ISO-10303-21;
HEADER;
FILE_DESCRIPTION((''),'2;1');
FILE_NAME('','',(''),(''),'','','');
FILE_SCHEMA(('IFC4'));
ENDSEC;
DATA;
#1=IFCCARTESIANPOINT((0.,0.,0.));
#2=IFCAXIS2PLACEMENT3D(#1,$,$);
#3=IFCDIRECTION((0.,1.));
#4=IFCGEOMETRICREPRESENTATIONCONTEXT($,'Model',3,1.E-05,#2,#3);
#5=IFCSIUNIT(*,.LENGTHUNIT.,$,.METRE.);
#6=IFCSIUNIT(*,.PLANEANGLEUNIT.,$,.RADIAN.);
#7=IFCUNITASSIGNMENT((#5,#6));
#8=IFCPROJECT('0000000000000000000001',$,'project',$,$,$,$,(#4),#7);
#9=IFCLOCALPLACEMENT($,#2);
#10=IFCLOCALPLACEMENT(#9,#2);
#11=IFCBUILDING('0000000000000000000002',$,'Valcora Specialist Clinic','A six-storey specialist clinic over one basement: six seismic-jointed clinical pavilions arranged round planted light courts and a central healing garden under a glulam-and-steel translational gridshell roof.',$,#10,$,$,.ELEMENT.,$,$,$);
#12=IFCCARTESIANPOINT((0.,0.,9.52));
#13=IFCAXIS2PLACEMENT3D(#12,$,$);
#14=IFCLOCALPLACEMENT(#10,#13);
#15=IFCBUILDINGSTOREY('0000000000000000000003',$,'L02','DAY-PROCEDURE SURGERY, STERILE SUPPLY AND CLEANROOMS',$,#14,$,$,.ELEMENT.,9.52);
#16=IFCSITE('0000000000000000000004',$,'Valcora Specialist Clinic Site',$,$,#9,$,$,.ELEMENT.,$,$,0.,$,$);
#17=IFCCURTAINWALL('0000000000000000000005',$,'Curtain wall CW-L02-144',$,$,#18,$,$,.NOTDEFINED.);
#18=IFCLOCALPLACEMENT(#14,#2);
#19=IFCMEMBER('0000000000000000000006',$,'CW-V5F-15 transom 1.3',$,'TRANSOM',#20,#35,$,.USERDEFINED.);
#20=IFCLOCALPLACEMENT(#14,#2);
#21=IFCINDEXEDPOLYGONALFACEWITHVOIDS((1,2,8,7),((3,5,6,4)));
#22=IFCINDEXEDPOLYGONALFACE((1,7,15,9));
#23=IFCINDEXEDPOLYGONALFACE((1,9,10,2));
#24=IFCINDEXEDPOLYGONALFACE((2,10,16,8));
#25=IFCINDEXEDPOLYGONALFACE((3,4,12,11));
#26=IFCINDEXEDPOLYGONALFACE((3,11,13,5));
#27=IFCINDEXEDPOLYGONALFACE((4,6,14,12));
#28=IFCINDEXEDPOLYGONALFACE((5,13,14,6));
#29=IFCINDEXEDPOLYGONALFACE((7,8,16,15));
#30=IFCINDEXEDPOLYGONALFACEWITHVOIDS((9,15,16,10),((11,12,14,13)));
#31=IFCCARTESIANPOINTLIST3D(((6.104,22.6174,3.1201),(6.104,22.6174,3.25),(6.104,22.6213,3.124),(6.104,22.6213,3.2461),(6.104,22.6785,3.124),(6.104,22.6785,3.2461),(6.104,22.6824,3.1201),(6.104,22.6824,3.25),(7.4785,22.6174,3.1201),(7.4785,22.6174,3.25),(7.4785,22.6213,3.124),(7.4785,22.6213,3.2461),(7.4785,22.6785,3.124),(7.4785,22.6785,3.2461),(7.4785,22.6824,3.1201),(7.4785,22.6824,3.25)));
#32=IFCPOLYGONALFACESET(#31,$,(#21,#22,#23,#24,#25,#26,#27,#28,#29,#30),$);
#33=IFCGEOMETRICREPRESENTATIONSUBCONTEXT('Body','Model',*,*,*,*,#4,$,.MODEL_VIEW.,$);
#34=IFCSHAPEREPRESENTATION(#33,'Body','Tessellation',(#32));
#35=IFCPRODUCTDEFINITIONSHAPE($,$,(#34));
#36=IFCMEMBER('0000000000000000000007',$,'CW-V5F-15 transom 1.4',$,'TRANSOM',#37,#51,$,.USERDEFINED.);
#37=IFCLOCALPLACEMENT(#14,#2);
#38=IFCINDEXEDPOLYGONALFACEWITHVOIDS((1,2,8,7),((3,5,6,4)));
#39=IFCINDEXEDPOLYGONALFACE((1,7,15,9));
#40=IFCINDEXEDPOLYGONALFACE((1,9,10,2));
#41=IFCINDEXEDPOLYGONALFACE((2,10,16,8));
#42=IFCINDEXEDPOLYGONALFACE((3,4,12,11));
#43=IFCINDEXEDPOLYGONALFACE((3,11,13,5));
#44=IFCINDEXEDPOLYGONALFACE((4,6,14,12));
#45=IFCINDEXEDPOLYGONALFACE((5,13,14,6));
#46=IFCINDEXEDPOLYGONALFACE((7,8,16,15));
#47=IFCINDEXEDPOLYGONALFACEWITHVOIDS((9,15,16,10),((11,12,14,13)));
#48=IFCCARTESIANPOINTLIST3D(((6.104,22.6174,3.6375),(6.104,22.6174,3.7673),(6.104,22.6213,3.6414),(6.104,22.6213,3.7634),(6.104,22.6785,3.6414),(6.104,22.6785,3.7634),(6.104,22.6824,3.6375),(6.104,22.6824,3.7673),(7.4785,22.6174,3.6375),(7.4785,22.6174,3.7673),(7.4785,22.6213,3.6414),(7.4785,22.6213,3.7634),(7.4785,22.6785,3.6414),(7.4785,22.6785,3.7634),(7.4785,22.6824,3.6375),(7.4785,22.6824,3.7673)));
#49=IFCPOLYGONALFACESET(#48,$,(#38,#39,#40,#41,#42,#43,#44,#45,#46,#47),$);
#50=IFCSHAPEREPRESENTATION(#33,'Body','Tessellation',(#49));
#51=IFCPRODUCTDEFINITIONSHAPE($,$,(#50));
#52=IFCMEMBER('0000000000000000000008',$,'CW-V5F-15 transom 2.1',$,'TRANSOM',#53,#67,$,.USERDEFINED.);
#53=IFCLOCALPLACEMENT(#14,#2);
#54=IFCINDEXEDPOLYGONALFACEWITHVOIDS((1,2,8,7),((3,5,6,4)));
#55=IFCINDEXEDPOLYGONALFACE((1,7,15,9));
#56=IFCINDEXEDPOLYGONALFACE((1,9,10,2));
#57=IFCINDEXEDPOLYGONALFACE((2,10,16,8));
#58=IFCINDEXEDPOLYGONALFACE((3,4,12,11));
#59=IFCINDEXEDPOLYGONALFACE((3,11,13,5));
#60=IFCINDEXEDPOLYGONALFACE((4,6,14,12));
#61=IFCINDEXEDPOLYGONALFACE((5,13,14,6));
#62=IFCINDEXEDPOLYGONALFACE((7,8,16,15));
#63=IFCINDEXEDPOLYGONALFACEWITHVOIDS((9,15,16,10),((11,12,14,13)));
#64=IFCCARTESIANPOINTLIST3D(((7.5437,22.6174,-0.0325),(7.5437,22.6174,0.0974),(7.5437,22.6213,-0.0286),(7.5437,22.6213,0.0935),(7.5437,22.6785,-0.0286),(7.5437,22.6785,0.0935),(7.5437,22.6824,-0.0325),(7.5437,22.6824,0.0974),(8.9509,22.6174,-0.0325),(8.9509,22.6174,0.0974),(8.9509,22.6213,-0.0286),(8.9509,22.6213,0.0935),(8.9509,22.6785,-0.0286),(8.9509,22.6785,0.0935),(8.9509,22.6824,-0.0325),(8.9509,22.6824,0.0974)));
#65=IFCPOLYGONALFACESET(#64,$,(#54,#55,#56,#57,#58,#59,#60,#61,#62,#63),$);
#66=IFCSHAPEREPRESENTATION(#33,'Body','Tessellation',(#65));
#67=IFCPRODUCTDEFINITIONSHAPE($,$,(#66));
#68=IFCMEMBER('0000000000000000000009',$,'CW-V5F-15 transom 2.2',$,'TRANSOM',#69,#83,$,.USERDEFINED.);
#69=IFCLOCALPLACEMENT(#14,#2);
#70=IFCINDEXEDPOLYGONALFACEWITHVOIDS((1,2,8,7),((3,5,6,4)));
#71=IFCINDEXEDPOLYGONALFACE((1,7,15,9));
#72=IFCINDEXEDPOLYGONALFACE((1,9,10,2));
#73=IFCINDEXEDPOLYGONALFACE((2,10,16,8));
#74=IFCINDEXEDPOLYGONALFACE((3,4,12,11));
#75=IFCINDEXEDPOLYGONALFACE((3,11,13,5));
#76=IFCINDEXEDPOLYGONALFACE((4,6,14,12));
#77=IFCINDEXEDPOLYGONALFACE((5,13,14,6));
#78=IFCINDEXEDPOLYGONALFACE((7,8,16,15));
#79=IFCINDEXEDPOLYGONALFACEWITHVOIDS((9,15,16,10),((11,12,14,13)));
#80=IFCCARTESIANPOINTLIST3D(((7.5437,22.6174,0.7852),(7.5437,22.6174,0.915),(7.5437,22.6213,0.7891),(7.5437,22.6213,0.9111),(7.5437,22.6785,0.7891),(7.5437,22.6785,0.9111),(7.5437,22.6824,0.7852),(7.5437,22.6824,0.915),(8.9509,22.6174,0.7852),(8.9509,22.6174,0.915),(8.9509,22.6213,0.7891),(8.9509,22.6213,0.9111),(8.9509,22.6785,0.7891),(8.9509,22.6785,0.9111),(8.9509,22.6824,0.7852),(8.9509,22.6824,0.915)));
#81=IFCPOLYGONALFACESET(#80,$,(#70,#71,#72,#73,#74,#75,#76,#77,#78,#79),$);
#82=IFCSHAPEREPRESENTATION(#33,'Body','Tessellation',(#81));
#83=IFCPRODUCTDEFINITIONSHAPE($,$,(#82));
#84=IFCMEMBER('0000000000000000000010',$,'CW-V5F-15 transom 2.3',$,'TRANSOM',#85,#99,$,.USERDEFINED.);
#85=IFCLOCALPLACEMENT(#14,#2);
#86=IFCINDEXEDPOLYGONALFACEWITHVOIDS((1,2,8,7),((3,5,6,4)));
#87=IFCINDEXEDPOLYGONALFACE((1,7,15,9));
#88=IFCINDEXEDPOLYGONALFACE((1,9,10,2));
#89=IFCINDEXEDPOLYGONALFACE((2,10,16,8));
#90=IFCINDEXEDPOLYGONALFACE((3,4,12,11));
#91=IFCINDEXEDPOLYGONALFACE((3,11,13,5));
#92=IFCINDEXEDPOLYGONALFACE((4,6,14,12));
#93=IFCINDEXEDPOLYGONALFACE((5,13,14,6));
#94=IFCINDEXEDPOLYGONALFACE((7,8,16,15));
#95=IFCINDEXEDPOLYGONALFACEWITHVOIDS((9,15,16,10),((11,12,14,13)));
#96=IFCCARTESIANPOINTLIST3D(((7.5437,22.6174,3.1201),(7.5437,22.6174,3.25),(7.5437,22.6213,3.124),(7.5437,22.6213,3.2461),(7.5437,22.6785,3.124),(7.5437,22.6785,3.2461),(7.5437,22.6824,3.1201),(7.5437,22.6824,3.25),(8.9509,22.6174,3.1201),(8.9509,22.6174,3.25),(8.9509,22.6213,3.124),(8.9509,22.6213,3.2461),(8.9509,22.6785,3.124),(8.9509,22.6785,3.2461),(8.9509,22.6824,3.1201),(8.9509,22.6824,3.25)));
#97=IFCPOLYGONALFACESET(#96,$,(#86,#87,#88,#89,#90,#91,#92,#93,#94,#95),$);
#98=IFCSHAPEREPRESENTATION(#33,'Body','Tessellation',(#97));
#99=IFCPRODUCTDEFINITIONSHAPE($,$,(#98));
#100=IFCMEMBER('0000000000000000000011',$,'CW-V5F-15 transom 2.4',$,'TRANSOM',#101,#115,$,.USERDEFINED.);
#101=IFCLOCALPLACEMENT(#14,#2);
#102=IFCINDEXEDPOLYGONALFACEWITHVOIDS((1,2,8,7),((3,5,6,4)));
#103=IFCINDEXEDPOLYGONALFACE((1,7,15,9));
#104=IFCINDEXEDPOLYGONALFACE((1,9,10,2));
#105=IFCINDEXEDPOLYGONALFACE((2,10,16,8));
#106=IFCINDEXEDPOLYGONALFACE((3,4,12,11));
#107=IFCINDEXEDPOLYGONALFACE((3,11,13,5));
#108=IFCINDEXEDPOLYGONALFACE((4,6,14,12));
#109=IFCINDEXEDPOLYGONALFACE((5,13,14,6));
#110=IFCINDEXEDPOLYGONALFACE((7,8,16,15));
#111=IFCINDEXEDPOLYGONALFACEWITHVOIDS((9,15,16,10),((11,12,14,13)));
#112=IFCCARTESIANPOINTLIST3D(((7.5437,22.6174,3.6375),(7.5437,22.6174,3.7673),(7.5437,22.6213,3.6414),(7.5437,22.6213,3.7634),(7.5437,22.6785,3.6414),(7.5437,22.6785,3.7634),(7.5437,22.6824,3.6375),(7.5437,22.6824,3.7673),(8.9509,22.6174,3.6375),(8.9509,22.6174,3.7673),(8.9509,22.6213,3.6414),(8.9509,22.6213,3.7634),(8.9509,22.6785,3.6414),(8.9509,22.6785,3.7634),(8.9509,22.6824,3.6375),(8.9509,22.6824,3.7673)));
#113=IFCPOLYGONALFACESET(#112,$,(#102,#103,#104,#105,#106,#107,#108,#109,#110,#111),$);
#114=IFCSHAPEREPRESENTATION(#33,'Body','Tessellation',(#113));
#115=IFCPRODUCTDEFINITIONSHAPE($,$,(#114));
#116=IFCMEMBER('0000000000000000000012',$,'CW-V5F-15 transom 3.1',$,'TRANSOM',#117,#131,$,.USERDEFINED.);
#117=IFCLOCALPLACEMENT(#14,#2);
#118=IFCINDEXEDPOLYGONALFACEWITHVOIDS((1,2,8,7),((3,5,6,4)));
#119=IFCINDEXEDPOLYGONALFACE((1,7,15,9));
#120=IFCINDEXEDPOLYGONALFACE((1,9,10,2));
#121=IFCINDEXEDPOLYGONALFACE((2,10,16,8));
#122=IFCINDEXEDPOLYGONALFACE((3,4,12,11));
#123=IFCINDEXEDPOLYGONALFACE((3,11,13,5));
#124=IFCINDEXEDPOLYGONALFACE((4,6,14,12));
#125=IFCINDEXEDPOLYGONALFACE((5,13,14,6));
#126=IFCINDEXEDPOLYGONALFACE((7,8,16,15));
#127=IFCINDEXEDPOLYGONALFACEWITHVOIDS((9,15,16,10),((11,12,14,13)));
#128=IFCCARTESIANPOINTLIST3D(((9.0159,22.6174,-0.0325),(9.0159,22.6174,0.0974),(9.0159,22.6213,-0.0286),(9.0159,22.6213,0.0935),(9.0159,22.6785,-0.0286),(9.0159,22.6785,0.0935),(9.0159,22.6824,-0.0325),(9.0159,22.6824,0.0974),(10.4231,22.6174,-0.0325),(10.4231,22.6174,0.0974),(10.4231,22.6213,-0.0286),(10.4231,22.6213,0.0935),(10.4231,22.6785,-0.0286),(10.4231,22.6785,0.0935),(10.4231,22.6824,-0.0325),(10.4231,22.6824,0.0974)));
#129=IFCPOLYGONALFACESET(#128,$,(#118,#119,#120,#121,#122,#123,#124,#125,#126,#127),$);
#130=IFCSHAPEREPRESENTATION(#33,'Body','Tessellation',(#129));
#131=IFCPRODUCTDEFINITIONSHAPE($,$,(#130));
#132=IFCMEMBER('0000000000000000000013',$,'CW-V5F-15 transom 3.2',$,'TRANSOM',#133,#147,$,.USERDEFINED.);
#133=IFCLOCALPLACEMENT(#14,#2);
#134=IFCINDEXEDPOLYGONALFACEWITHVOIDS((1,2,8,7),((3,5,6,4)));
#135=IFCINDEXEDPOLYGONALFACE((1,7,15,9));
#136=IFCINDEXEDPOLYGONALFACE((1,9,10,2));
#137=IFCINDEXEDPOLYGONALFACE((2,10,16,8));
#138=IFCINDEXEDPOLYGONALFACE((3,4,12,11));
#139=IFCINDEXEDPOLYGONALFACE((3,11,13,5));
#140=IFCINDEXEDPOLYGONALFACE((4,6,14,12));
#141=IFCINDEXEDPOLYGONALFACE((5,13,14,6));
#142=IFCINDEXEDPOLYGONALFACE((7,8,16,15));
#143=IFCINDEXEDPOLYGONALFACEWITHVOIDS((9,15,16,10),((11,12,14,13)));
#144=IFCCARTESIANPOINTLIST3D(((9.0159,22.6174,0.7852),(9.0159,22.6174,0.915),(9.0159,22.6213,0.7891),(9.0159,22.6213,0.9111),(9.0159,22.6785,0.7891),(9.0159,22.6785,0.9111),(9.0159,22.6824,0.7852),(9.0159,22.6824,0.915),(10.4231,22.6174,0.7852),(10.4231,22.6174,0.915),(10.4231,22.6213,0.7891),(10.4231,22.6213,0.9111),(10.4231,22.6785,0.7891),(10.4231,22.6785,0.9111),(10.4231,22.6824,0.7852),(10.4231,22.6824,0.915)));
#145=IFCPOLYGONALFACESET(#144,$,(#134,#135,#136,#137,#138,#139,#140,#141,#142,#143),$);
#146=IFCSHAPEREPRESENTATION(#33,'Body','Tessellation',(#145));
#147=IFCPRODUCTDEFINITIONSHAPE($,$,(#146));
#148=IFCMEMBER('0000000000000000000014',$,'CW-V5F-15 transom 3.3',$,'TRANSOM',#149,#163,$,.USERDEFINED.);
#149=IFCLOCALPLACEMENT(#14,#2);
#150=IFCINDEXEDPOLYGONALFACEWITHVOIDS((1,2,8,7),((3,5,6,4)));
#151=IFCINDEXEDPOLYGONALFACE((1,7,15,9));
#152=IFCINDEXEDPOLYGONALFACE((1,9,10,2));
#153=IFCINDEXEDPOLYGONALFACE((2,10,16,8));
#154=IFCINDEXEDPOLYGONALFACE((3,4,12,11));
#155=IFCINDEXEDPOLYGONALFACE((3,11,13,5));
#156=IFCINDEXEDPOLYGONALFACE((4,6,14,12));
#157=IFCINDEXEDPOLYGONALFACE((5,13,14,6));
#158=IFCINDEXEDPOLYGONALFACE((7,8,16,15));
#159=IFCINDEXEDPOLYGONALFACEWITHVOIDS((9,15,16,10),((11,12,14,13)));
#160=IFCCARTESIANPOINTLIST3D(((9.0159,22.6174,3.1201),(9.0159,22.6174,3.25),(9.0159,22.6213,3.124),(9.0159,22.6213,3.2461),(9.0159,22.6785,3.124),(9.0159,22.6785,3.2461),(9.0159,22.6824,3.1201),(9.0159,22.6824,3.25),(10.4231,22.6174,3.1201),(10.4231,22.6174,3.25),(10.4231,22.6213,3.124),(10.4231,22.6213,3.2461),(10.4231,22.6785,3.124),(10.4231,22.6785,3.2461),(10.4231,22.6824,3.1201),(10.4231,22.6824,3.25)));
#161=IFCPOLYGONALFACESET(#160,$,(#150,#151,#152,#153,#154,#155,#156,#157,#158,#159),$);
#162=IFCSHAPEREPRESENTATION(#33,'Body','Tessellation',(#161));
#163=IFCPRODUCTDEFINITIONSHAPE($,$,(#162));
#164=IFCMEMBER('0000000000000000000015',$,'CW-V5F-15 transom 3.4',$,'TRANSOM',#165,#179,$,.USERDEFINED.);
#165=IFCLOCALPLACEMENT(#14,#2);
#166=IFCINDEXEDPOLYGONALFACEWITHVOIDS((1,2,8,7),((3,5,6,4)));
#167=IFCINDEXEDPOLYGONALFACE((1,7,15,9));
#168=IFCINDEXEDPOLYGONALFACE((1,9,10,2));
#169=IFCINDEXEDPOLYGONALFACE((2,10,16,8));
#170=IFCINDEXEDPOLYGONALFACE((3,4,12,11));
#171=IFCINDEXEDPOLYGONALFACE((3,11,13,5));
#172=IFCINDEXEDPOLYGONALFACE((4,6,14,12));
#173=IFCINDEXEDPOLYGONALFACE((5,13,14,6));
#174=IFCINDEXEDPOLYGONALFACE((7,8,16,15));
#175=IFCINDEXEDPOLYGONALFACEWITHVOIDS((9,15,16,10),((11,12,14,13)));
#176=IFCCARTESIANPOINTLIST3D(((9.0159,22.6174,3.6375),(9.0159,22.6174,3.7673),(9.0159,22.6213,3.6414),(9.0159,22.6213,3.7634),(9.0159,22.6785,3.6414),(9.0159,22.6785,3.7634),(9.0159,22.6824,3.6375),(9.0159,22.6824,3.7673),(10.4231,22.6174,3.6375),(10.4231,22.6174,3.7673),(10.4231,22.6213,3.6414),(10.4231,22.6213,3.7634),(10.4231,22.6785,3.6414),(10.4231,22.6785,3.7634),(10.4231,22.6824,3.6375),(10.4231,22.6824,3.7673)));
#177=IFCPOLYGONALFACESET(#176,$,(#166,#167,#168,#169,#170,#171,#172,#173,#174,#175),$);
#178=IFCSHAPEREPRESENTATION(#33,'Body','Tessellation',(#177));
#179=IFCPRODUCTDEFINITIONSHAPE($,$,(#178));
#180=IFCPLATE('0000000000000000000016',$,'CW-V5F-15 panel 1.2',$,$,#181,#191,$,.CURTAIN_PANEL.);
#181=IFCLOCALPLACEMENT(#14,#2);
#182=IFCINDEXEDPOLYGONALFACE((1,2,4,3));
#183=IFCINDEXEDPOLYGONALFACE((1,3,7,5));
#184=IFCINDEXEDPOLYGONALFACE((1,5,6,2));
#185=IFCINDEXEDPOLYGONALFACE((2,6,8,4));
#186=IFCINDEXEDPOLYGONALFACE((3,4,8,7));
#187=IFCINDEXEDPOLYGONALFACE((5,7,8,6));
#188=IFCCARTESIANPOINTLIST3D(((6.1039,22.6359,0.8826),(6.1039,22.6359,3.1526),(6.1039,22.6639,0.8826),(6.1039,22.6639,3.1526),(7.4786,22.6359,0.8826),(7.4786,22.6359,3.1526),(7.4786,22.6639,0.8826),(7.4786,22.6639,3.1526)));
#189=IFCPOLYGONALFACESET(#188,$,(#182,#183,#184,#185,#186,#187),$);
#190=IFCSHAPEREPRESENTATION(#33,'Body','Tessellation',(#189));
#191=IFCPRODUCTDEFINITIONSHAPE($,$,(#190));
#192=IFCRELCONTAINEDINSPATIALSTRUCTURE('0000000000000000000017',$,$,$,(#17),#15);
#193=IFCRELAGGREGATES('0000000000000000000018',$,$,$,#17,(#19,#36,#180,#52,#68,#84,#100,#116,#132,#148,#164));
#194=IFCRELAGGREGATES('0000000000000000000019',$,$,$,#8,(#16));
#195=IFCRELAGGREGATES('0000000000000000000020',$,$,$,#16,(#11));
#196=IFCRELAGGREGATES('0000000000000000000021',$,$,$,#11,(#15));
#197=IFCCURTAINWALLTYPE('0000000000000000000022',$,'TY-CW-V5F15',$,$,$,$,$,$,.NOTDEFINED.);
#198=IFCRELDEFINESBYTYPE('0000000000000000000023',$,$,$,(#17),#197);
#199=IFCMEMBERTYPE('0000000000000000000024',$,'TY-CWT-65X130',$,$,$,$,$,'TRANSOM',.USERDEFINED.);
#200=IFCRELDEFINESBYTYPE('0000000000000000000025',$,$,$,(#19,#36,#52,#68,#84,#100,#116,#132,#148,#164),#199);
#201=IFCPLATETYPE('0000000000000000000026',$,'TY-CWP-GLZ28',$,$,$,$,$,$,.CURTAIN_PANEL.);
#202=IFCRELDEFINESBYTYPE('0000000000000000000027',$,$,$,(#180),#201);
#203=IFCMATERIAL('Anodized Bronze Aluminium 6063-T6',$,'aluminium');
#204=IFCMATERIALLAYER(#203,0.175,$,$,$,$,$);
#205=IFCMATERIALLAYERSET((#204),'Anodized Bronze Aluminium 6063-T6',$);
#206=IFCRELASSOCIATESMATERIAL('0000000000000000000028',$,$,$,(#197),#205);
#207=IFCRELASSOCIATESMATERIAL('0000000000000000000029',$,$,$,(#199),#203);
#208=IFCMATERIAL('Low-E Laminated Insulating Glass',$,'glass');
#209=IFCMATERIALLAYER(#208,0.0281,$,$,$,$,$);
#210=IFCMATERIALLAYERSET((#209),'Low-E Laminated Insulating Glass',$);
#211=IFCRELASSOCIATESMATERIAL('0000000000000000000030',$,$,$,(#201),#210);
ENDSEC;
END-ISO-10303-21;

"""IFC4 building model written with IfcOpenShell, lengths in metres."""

from ifc_helpers import new_model, si_unit, direction, frame, origin, origin_2d, place, context, subcontext, project, spatial, rectangle, hollow_rectangle, extrude, material, layer, layer_set, material_profile, profile_set, type_object, element, aggregate, save


model = new_model("IFC4")

# Units and contexts
model_context = context("Model", 3, precision=1e-05, world=origin(), true_north=direction((0.0, 1.0)))
body_context = subcontext(model_context, "Body", "Model", "MODEL_VIEW")
ifc_project = project(units=[si_unit("LENGTHUNIT", "METRE"), si_unit("PLANEANGLEUNIT", "RADIAN")], contexts=[model_context])

# Site, building, storey
site_placement = place(None, origin())
site = spatial("IfcSite", under=ifc_project, at=site_placement, Name="Valcora Specialist Clinic Site", CompositionType="ELEMENT", RefElevation=0.0)
building_placement = place(site_placement, origin())
building = spatial("IfcBuilding", under=site, at=building_placement, Name="Valcora Specialist Clinic", Description="A six-storey specialist clinic over one basement: six seismic-jointed clinical pavilions arranged round planted light courts and a central healing garden under a glulam-and-steel translational gridshell roof.", CompositionType="ELEMENT")
storey_placement = place(building_placement, frame((0.0, 0.0, 9.52)))
storey = spatial("IfcBuildingStorey", under=building, at=storey_placement, Name="L02", Description="DAY-PROCEDURE SURGERY, STERILE SUPPLY AND CLEANROOMS", CompositionType="ELEMENT", Elevation=9.52)

# Shared definitions
ifc_material_1 = material(Name="Anodized Bronze Aluminium 6063-T6", Category="aluminium")
ifc_layer_1 = layer(ifc_material_1, 0.175)
ifc_layer_set_1 = layer_set([ifc_layer_1], Name="Anodized Bronze Aluminium 6063-T6")
curtain_wall_type = type_object("IfcCurtainWallType", Name="TY-CW-V5F15", PredefinedType="NOTDEFINED", material=ifc_layer_set_1)

# Curtain wall
curtain_wall_1_placement = place(storey_placement, origin())
curtain_wall_1 = element("IfcCurtainWall", 1, at=curtain_wall_1_placement, inside=storey, type_object=curtain_wall_type, Name="Curtain wall CW-L02-144", PredefinedType="NOTDEFINED")

# Members
ifc_material_profile_1 = material_profile(ifc_material_1, hollow_rectangle(XDim=0.0649, YDim=0.1299, WallThickness=0.0039, at=origin_2d()), Name="AL-TRN-65X130")
ifc_profile_set_1 = profile_set([ifc_material_profile_1], Name="Anodized Bronze Aluminium 6063-T6")
member_type_1 = type_object("IfcMemberType", Name="TY-CWT-65X130", ElementType="TRANSOM", PredefinedType="USERDEFINED", material=ifc_profile_set_1)
member_1_placement = place(storey_placement, frame((6.104, 22.6499, 3.1851), z_axis=(1.0, 0.0, 0.0), x_axis=(0.0, 1.0, 0.0)))
member_1 = element("IfcMember", 2, at=member_1_placement, type_object=member_type_1, Name="CW-V5F-15 transom 1.3", ObjectType="TRANSOM", PredefinedType="USERDEFINED", context=body_context, shape_type="SweptSolid", body=[
    extrude(hollow_rectangle(XDim=0.0649, YDim=0.1299, WallThickness=0.0039, at=origin_2d()), origin(), (0.0, 0.0, 1.0), 1.3745),
])
member_2_placement = place(storey_placement, frame((6.104, 22.6499, 3.7024), z_axis=(1.0, 0.0, 0.0), x_axis=(0.0, 1.0, 0.0)))
member_2 = element("IfcMember", 3, at=member_2_placement, type_object=member_type_1, Name="CW-V5F-15 transom 1.4", ObjectType="TRANSOM", PredefinedType="USERDEFINED", context=body_context, shape_type="SweptSolid", body=[
    extrude(hollow_rectangle(XDim=0.0649, YDim=0.1299, WallThickness=0.0039, at=origin_2d()), origin(), (0.0, 0.0, 1.0), 1.3745),
])
member_3_placement = place(storey_placement, frame((7.5437, 22.6499, 0.0325), z_axis=(1.0, 0.0, 0.0), x_axis=(0.0, 1.0, 0.0)))
member_3 = element("IfcMember", 4, at=member_3_placement, type_object=member_type_1, Name="CW-V5F-15 transom 2.1", ObjectType="TRANSOM", PredefinedType="USERDEFINED", context=body_context, shape_type="SweptSolid", body=[
    extrude(hollow_rectangle(XDim=0.0649, YDim=0.1299, WallThickness=0.0039, at=origin_2d()), origin(), (0.0, 0.0, 1.0), 1.4072),
])
member_4_placement = place(storey_placement, frame((7.5437, 22.6499, 0.8501), z_axis=(1.0, 0.0, 0.0), x_axis=(0.0, 1.0, 0.0)))
member_4 = element("IfcMember", 5, at=member_4_placement, type_object=member_type_1, Name="CW-V5F-15 transom 2.2", ObjectType="TRANSOM", PredefinedType="USERDEFINED", context=body_context, shape_type="SweptSolid", body=[
    extrude(hollow_rectangle(XDim=0.0649, YDim=0.1299, WallThickness=0.0039, at=origin_2d()), origin(), (0.0, 0.0, 1.0), 1.4072),
])
member_5_placement = place(storey_placement, frame((7.5437, 22.6499, 3.1851), z_axis=(1.0, 0.0, 0.0), x_axis=(0.0, 1.0, 0.0)))
member_5 = element("IfcMember", 6, at=member_5_placement, type_object=member_type_1, Name="CW-V5F-15 transom 2.3", ObjectType="TRANSOM", PredefinedType="USERDEFINED", context=body_context, shape_type="SweptSolid", body=[
    extrude(hollow_rectangle(XDim=0.0649, YDim=0.1299, WallThickness=0.0039, at=origin_2d()), origin(), (0.0, 0.0, 1.0), 1.4072),
])
member_6_placement = place(storey_placement, frame((7.5437, 22.6499, 3.7024), z_axis=(1.0, 0.0, 0.0), x_axis=(0.0, 1.0, 0.0)))
member_6 = element("IfcMember", 7, at=member_6_placement, type_object=member_type_1, Name="CW-V5F-15 transom 2.4", ObjectType="TRANSOM", PredefinedType="USERDEFINED", context=body_context, shape_type="SweptSolid", body=[
    extrude(hollow_rectangle(XDim=0.0649, YDim=0.1299, WallThickness=0.0039, at=origin_2d()), origin(), (0.0, 0.0, 1.0), 1.4072),
])
member_7_placement = place(storey_placement, frame((9.0159, 22.6499, 0.0325), z_axis=(1.0, 0.0, 0.0), x_axis=(0.0, 1.0, 0.0)))
member_7 = element("IfcMember", 8, at=member_7_placement, type_object=member_type_1, Name="CW-V5F-15 transom 3.1", ObjectType="TRANSOM", PredefinedType="USERDEFINED", context=body_context, shape_type="SweptSolid", body=[
    extrude(hollow_rectangle(XDim=0.0649, YDim=0.1299, WallThickness=0.0039, at=origin_2d()), origin(), (0.0, 0.0, 1.0), 1.4072),
])
member_8_placement = place(storey_placement, frame((9.0159, 22.6499, 0.8501), z_axis=(1.0, 0.0, 0.0), x_axis=(0.0, 1.0, 0.0)))
member_8 = element("IfcMember", 9, at=member_8_placement, type_object=member_type_1, Name="CW-V5F-15 transom 3.2", ObjectType="TRANSOM", PredefinedType="USERDEFINED", context=body_context, shape_type="SweptSolid", body=[
    extrude(hollow_rectangle(XDim=0.0649, YDim=0.1299, WallThickness=0.0039, at=origin_2d()), origin(), (0.0, 0.0, 1.0), 1.4072),
])
member_9_placement = place(storey_placement, frame((9.0159, 22.6499, 3.1851), z_axis=(1.0, 0.0, 0.0), x_axis=(0.0, 1.0, 0.0)))
member_9 = element("IfcMember", 10, at=member_9_placement, type_object=member_type_1, Name="CW-V5F-15 transom 3.3", ObjectType="TRANSOM", PredefinedType="USERDEFINED", context=body_context, shape_type="SweptSolid", body=[
    extrude(hollow_rectangle(XDim=0.0649, YDim=0.1299, WallThickness=0.0039, at=origin_2d()), origin(), (0.0, 0.0, 1.0), 1.4072),
])
member_10_placement = place(storey_placement, frame((9.0159, 22.6499, 3.7024), z_axis=(1.0, 0.0, 0.0), x_axis=(0.0, 1.0, 0.0)))
member_10 = element("IfcMember", 11, at=member_10_placement, type_object=member_type_1, Name="CW-V5F-15 transom 3.4", ObjectType="TRANSOM", PredefinedType="USERDEFINED", context=body_context, shape_type="SweptSolid", body=[
    extrude(hollow_rectangle(XDim=0.0649, YDim=0.1299, WallThickness=0.0039, at=origin_2d()), origin(), (0.0, 0.0, 1.0), 1.4072),
])

# Plate
ifc_material_2 = material(Name="Low-E Laminated Insulating Glass", Category="glass")
ifc_layer_2 = layer(ifc_material_2, 0.0281)
ifc_layer_set_2 = layer_set([ifc_layer_2], Name="Low-E Laminated Insulating Glass")
plate_type_1 = type_object("IfcPlateType", Name="TY-CWP-GLZ28", PredefinedType="CURTAIN_PANEL", material=ifc_layer_set_2)
plate_1_placement = place(storey_placement, frame((6.7913, 22.6499, 0.8826), z_axis=(0.0, 0.0, 1.0), x_axis=(1.0, 0.0, 0.0)))
plate_1 = element("IfcPlate", 12, at=plate_1_placement, type_object=plate_type_1, Name="CW-V5F-15 panel 1.2", PredefinedType="CURTAIN_PANEL", context=body_context, shape_type="SweptSolid", body=[
    extrude(rectangle(XDim=1.3748, YDim=0.0281, at=origin_2d()), origin(), (0.0, 0.0, 1.0), 2.27),
])
aggregate(curtain_wall_1, [member_1, member_2, plate_1, member_3, member_4, member_5, member_6, member_7, member_8, member_9, member_10])

save(model, "model.ifc")
